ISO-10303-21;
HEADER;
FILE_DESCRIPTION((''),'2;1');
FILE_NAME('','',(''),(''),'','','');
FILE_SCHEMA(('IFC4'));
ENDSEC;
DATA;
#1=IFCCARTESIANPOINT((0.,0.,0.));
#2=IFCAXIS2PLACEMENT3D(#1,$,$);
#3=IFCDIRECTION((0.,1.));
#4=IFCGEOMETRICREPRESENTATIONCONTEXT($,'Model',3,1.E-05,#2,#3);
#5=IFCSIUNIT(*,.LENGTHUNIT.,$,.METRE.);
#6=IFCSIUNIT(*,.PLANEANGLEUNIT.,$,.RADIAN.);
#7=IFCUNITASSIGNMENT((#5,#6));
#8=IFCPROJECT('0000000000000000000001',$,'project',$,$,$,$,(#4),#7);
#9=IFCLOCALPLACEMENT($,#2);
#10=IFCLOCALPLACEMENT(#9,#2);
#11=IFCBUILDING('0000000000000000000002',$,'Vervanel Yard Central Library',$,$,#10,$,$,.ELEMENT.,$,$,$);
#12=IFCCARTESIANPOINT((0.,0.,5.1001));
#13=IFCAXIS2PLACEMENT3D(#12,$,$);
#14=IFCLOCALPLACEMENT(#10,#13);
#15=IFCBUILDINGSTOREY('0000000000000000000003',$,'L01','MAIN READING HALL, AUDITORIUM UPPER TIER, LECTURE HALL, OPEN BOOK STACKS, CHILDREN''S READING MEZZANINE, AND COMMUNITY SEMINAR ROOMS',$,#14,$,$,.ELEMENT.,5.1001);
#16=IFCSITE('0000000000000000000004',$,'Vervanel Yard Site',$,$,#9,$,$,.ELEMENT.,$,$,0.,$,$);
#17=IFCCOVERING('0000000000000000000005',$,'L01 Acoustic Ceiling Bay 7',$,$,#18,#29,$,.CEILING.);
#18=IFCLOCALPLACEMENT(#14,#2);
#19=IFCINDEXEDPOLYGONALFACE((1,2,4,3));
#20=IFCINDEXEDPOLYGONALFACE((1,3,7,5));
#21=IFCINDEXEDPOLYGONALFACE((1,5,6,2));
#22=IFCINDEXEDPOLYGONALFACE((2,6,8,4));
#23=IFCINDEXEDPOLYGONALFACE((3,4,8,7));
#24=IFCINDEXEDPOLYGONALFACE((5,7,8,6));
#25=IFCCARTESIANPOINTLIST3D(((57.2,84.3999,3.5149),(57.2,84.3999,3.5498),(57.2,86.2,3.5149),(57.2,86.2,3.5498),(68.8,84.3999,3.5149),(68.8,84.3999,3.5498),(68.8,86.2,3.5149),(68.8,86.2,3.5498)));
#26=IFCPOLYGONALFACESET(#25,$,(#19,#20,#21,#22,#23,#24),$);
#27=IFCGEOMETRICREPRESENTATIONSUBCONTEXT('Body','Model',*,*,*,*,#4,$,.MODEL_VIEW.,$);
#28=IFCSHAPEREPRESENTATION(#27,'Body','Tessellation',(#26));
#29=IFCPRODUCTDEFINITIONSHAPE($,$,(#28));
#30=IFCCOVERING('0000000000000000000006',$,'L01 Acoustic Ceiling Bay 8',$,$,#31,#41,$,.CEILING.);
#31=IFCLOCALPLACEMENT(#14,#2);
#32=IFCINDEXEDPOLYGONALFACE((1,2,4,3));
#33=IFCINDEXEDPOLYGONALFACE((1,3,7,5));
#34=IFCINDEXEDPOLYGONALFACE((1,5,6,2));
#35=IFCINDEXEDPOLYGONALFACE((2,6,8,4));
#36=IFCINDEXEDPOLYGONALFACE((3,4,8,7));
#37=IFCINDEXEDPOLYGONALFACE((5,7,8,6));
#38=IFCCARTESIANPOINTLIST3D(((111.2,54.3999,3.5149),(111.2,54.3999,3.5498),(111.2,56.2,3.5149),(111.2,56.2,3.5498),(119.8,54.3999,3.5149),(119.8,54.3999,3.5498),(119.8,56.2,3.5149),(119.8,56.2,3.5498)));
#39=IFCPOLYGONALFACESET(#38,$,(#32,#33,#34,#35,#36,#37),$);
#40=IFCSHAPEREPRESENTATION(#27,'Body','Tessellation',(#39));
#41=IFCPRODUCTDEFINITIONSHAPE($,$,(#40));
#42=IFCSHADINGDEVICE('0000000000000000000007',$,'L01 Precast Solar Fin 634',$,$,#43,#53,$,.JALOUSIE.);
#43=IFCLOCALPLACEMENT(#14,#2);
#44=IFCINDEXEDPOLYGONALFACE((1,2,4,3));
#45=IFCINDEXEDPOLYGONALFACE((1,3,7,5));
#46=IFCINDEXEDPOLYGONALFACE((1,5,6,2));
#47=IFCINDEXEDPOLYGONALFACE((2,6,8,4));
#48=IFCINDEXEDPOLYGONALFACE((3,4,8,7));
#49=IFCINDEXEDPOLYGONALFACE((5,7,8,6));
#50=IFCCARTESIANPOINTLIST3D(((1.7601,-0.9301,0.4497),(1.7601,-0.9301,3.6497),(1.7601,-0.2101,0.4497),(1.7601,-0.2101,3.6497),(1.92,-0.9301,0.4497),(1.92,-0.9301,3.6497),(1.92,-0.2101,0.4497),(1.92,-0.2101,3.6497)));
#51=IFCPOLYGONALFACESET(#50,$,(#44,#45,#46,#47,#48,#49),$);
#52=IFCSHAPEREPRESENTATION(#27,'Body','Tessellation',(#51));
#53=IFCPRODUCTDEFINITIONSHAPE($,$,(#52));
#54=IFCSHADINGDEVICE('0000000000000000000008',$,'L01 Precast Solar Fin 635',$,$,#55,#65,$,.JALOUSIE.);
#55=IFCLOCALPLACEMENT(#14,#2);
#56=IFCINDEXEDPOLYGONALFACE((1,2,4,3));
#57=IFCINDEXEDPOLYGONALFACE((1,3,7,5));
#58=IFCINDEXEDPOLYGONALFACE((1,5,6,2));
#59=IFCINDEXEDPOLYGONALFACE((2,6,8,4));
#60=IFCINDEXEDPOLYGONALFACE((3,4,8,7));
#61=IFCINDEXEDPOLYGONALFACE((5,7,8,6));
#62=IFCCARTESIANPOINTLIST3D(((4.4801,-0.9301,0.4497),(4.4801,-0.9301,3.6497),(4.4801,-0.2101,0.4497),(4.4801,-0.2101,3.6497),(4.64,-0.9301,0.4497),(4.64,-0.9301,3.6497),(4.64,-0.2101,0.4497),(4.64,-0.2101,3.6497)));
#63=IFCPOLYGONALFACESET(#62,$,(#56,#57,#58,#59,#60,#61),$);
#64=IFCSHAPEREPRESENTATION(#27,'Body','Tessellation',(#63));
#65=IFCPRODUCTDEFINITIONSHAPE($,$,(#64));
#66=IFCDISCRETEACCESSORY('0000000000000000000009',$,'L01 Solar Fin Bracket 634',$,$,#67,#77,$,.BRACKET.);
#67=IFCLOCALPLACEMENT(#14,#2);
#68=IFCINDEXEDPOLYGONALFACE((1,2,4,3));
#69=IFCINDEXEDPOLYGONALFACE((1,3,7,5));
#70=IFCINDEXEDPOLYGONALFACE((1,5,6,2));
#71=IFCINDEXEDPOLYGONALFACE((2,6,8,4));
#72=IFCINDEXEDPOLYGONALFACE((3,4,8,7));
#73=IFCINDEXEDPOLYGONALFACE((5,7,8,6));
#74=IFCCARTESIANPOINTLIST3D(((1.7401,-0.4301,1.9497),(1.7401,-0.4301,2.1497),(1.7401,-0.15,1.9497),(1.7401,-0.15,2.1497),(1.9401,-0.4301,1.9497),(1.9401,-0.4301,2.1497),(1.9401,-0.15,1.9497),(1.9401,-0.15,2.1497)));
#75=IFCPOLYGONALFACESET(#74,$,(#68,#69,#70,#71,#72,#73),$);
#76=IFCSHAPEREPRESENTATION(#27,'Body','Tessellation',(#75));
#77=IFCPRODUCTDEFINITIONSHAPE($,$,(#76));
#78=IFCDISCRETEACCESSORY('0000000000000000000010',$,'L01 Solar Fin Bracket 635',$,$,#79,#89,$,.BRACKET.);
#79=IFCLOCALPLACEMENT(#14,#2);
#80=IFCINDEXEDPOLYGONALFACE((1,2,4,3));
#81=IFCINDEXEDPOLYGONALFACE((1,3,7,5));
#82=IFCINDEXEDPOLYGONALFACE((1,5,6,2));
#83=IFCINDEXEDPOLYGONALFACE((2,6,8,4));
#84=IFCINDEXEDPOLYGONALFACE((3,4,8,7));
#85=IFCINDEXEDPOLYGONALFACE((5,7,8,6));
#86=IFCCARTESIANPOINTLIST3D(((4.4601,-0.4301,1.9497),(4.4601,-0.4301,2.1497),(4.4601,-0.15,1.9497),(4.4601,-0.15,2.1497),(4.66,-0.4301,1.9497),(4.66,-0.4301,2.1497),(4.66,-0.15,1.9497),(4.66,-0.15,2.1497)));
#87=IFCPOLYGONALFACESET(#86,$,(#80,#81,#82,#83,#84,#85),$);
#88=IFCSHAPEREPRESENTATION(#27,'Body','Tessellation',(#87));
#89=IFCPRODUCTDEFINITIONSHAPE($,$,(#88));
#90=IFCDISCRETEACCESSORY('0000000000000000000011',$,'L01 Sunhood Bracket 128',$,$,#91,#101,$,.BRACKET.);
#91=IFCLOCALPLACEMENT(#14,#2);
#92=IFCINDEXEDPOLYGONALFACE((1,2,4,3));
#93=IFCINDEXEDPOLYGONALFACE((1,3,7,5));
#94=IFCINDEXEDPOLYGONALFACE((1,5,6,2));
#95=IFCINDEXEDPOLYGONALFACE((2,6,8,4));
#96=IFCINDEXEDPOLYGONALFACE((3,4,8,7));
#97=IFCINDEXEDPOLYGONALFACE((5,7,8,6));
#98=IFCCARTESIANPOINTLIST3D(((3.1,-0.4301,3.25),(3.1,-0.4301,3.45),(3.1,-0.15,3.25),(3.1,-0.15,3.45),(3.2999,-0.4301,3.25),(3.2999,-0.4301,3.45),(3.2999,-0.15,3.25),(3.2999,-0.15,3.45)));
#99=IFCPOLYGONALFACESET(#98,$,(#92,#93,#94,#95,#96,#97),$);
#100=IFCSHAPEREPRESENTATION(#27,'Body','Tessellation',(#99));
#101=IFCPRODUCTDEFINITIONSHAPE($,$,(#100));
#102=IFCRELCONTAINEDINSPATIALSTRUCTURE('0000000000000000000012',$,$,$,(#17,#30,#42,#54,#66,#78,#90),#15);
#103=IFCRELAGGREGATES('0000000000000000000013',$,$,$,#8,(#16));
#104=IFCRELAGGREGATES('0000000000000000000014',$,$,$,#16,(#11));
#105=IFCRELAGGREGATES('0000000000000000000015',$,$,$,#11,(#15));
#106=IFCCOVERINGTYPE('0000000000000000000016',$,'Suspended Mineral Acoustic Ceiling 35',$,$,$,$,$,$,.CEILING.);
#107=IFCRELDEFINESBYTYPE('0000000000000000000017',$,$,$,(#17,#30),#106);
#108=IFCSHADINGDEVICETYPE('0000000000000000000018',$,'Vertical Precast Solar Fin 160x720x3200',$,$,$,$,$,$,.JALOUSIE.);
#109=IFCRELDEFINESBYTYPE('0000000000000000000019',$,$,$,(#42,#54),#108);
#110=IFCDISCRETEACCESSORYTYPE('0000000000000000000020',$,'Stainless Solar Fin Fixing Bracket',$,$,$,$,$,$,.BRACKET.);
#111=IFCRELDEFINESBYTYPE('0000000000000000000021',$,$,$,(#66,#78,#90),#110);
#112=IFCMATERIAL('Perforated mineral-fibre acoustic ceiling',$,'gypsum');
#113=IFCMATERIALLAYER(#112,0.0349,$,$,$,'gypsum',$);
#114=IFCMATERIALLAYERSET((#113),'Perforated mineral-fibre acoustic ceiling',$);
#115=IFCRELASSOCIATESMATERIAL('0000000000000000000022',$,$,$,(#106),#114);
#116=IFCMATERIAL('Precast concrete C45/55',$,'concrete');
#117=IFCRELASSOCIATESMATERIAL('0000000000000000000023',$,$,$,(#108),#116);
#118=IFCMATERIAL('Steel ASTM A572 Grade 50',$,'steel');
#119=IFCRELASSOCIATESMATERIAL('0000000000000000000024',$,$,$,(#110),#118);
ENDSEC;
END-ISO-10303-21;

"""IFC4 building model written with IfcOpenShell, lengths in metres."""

from ifc_helpers import new_model, si_unit, direction, frame, origin, origin_2d, place, context, subcontext, project, spatial, polyline, rectangle, outline, extrude, material, layer, layer_set, type_object, element, save


model = new_model("IFC4")

# Units and contexts
model_context = context("Model", 3, precision=1e-05, world=origin(), true_north=direction((0.0, 1.0)))
body_context = subcontext(model_context, "Body", "Model", "MODEL_VIEW")
ifc_project = project(units=[si_unit("LENGTHUNIT", "METRE"), si_unit("PLANEANGLEUNIT", "RADIAN")], contexts=[model_context])

# Site, building, storey
site_placement = place(None, origin())
site = spatial("IfcSite", under=ifc_project, at=site_placement, Name="Vervanel Yard Site", CompositionType="ELEMENT", RefElevation=0.0)
building_placement = place(site_placement, origin())
building = spatial("IfcBuilding", under=site, at=building_placement, Name="Vervanel Yard Central Library", CompositionType="ELEMENT")
storey_placement = place(building_placement, frame((0.0, 0.0, 5.1001)))
storey = spatial("IfcBuildingStorey", under=building, at=storey_placement, Name="L01", Description="MAIN READING HALL, AUDITORIUM UPPER TIER, LECTURE HALL, OPEN BOOK STACKS, CHILDREN'S READING MEZZANINE, AND COMMUNITY SEMINAR ROOMS", CompositionType="ELEMENT", Elevation=5.1001)

# Shared definitions
ifc_material_1 = material(Name="Precast concrete C45/55", Category="concrete")

# Coverings
ifc_material_2 = material(Name="Perforated mineral-fibre acoustic ceiling", Category="gypsum")
ifc_layer_1 = layer(ifc_material_2, 0.0349, Category="gypsum")
ifc_layer_set_1 = layer_set([ifc_layer_1], Name="Perforated mineral-fibre acoustic ceiling")
covering_type_1 = type_object("IfcCoveringType", Name="Suspended Mineral Acoustic Ceiling 35", PredefinedType="CEILING", material=ifc_layer_set_1)
covering_1_placement = place(storey_placement, frame((0.0, 0.0, 3.5149)))
element("IfcCovering", 1, at=covering_1_placement, inside=storey, type_object=covering_type_1, Name="L01 Acoustic Ceiling Bay 7", PredefinedType="CEILING", context=body_context, shape_type="SweptSolid", body=[
    extrude(outline(polyline([(57.2, 84.3999), (68.8, 84.3999), (68.8, 86.2), (57.2, 86.2), (57.2, 84.3999)])), origin(), (0.0, 0.0, 1.0), 0.0349),
])
covering_2_placement = place(storey_placement, frame((0.0, 0.0, 3.5149)))
element("IfcCovering", 2, at=covering_2_placement, inside=storey, type_object=covering_type_1, Name="L01 Acoustic Ceiling Bay 8", PredefinedType="CEILING", context=body_context, shape_type="SweptSolid", body=[
    extrude(outline(polyline([(111.2, 54.3999), (119.8, 54.3999), (119.8, 56.2), (111.2, 56.2), (111.2, 54.3999)])), origin(), (0.0, 0.0, 1.0), 0.0349),
])

# Shading devices
shading_device_type_1 = type_object("IfcShadingDeviceType", Name="Vertical Precast Solar Fin 160x720x3200", PredefinedType="JALOUSIE", material=ifc_material_1)
for number, where, z_axis, x_axis, name in (
    (3, (1.8401, -0.5701, 0.4497), (0.0, 0.0, 1.0), (1.0, 0.0, 0.0), "L01 Precast Solar Fin 634"),
    (4, (4.5601, -0.5701, 0.4497), (0.0, 0.0, 1.0), (1.0, 0.0, 0.0), "L01 Precast Solar Fin 635"),
):
    element("IfcShadingDevice", number, at=place(storey_placement, frame(where, z_axis=z_axis, x_axis=x_axis)), inside=storey, type_object=shading_device_type_1, Name=name, PredefinedType="JALOUSIE", context=body_context, shape_type="SweptSolid", body=[
        extrude(rectangle(XDim=0.1599, YDim=0.72, at=origin_2d()), origin(), (0.0, 0.0, 1.0), 3.2),
    ])

# Discrete accessories
ifc_material_3 = material(Name="Steel ASTM A572 Grade 50", Category="steel")
discrete_accessory_type = type_object("IfcDiscreteAccessoryType", Name="Stainless Solar Fin Fixing Bracket", PredefinedType="BRACKET", material=ifc_material_3)
for number, where, z_axis, x_axis, name in (
    (5, (1.8401, -0.29, 1.9497), (0.0, 0.0, 1.0), (1.0, 0.0, 0.0), "L01 Solar Fin Bracket 634"),
    (6, (4.5601, -0.29, 1.9497), (0.0, 0.0, 1.0), (1.0, 0.0, 0.0), "L01 Solar Fin Bracket 635"),
    (7, (3.2, -0.29, 3.25), (0.0, 0.0, 1.0), (1.0, 0.0, 0.0), "L01 Sunhood Bracket 128"),
):
    element("IfcDiscreteAccessory", number, at=place(storey_placement, frame(where, z_axis=z_axis, x_axis=x_axis)), inside=storey, type_object=discrete_accessory_type, Name=name, PredefinedType="BRACKET", context=body_context, shape_type="SweptSolid", body=[
        extrude(rectangle(XDim=0.2, YDim=0.28, at=origin_2d()), origin(), (0.0, 0.0, 1.0), 0.2),
    ])

save(model, "model.ifc")
